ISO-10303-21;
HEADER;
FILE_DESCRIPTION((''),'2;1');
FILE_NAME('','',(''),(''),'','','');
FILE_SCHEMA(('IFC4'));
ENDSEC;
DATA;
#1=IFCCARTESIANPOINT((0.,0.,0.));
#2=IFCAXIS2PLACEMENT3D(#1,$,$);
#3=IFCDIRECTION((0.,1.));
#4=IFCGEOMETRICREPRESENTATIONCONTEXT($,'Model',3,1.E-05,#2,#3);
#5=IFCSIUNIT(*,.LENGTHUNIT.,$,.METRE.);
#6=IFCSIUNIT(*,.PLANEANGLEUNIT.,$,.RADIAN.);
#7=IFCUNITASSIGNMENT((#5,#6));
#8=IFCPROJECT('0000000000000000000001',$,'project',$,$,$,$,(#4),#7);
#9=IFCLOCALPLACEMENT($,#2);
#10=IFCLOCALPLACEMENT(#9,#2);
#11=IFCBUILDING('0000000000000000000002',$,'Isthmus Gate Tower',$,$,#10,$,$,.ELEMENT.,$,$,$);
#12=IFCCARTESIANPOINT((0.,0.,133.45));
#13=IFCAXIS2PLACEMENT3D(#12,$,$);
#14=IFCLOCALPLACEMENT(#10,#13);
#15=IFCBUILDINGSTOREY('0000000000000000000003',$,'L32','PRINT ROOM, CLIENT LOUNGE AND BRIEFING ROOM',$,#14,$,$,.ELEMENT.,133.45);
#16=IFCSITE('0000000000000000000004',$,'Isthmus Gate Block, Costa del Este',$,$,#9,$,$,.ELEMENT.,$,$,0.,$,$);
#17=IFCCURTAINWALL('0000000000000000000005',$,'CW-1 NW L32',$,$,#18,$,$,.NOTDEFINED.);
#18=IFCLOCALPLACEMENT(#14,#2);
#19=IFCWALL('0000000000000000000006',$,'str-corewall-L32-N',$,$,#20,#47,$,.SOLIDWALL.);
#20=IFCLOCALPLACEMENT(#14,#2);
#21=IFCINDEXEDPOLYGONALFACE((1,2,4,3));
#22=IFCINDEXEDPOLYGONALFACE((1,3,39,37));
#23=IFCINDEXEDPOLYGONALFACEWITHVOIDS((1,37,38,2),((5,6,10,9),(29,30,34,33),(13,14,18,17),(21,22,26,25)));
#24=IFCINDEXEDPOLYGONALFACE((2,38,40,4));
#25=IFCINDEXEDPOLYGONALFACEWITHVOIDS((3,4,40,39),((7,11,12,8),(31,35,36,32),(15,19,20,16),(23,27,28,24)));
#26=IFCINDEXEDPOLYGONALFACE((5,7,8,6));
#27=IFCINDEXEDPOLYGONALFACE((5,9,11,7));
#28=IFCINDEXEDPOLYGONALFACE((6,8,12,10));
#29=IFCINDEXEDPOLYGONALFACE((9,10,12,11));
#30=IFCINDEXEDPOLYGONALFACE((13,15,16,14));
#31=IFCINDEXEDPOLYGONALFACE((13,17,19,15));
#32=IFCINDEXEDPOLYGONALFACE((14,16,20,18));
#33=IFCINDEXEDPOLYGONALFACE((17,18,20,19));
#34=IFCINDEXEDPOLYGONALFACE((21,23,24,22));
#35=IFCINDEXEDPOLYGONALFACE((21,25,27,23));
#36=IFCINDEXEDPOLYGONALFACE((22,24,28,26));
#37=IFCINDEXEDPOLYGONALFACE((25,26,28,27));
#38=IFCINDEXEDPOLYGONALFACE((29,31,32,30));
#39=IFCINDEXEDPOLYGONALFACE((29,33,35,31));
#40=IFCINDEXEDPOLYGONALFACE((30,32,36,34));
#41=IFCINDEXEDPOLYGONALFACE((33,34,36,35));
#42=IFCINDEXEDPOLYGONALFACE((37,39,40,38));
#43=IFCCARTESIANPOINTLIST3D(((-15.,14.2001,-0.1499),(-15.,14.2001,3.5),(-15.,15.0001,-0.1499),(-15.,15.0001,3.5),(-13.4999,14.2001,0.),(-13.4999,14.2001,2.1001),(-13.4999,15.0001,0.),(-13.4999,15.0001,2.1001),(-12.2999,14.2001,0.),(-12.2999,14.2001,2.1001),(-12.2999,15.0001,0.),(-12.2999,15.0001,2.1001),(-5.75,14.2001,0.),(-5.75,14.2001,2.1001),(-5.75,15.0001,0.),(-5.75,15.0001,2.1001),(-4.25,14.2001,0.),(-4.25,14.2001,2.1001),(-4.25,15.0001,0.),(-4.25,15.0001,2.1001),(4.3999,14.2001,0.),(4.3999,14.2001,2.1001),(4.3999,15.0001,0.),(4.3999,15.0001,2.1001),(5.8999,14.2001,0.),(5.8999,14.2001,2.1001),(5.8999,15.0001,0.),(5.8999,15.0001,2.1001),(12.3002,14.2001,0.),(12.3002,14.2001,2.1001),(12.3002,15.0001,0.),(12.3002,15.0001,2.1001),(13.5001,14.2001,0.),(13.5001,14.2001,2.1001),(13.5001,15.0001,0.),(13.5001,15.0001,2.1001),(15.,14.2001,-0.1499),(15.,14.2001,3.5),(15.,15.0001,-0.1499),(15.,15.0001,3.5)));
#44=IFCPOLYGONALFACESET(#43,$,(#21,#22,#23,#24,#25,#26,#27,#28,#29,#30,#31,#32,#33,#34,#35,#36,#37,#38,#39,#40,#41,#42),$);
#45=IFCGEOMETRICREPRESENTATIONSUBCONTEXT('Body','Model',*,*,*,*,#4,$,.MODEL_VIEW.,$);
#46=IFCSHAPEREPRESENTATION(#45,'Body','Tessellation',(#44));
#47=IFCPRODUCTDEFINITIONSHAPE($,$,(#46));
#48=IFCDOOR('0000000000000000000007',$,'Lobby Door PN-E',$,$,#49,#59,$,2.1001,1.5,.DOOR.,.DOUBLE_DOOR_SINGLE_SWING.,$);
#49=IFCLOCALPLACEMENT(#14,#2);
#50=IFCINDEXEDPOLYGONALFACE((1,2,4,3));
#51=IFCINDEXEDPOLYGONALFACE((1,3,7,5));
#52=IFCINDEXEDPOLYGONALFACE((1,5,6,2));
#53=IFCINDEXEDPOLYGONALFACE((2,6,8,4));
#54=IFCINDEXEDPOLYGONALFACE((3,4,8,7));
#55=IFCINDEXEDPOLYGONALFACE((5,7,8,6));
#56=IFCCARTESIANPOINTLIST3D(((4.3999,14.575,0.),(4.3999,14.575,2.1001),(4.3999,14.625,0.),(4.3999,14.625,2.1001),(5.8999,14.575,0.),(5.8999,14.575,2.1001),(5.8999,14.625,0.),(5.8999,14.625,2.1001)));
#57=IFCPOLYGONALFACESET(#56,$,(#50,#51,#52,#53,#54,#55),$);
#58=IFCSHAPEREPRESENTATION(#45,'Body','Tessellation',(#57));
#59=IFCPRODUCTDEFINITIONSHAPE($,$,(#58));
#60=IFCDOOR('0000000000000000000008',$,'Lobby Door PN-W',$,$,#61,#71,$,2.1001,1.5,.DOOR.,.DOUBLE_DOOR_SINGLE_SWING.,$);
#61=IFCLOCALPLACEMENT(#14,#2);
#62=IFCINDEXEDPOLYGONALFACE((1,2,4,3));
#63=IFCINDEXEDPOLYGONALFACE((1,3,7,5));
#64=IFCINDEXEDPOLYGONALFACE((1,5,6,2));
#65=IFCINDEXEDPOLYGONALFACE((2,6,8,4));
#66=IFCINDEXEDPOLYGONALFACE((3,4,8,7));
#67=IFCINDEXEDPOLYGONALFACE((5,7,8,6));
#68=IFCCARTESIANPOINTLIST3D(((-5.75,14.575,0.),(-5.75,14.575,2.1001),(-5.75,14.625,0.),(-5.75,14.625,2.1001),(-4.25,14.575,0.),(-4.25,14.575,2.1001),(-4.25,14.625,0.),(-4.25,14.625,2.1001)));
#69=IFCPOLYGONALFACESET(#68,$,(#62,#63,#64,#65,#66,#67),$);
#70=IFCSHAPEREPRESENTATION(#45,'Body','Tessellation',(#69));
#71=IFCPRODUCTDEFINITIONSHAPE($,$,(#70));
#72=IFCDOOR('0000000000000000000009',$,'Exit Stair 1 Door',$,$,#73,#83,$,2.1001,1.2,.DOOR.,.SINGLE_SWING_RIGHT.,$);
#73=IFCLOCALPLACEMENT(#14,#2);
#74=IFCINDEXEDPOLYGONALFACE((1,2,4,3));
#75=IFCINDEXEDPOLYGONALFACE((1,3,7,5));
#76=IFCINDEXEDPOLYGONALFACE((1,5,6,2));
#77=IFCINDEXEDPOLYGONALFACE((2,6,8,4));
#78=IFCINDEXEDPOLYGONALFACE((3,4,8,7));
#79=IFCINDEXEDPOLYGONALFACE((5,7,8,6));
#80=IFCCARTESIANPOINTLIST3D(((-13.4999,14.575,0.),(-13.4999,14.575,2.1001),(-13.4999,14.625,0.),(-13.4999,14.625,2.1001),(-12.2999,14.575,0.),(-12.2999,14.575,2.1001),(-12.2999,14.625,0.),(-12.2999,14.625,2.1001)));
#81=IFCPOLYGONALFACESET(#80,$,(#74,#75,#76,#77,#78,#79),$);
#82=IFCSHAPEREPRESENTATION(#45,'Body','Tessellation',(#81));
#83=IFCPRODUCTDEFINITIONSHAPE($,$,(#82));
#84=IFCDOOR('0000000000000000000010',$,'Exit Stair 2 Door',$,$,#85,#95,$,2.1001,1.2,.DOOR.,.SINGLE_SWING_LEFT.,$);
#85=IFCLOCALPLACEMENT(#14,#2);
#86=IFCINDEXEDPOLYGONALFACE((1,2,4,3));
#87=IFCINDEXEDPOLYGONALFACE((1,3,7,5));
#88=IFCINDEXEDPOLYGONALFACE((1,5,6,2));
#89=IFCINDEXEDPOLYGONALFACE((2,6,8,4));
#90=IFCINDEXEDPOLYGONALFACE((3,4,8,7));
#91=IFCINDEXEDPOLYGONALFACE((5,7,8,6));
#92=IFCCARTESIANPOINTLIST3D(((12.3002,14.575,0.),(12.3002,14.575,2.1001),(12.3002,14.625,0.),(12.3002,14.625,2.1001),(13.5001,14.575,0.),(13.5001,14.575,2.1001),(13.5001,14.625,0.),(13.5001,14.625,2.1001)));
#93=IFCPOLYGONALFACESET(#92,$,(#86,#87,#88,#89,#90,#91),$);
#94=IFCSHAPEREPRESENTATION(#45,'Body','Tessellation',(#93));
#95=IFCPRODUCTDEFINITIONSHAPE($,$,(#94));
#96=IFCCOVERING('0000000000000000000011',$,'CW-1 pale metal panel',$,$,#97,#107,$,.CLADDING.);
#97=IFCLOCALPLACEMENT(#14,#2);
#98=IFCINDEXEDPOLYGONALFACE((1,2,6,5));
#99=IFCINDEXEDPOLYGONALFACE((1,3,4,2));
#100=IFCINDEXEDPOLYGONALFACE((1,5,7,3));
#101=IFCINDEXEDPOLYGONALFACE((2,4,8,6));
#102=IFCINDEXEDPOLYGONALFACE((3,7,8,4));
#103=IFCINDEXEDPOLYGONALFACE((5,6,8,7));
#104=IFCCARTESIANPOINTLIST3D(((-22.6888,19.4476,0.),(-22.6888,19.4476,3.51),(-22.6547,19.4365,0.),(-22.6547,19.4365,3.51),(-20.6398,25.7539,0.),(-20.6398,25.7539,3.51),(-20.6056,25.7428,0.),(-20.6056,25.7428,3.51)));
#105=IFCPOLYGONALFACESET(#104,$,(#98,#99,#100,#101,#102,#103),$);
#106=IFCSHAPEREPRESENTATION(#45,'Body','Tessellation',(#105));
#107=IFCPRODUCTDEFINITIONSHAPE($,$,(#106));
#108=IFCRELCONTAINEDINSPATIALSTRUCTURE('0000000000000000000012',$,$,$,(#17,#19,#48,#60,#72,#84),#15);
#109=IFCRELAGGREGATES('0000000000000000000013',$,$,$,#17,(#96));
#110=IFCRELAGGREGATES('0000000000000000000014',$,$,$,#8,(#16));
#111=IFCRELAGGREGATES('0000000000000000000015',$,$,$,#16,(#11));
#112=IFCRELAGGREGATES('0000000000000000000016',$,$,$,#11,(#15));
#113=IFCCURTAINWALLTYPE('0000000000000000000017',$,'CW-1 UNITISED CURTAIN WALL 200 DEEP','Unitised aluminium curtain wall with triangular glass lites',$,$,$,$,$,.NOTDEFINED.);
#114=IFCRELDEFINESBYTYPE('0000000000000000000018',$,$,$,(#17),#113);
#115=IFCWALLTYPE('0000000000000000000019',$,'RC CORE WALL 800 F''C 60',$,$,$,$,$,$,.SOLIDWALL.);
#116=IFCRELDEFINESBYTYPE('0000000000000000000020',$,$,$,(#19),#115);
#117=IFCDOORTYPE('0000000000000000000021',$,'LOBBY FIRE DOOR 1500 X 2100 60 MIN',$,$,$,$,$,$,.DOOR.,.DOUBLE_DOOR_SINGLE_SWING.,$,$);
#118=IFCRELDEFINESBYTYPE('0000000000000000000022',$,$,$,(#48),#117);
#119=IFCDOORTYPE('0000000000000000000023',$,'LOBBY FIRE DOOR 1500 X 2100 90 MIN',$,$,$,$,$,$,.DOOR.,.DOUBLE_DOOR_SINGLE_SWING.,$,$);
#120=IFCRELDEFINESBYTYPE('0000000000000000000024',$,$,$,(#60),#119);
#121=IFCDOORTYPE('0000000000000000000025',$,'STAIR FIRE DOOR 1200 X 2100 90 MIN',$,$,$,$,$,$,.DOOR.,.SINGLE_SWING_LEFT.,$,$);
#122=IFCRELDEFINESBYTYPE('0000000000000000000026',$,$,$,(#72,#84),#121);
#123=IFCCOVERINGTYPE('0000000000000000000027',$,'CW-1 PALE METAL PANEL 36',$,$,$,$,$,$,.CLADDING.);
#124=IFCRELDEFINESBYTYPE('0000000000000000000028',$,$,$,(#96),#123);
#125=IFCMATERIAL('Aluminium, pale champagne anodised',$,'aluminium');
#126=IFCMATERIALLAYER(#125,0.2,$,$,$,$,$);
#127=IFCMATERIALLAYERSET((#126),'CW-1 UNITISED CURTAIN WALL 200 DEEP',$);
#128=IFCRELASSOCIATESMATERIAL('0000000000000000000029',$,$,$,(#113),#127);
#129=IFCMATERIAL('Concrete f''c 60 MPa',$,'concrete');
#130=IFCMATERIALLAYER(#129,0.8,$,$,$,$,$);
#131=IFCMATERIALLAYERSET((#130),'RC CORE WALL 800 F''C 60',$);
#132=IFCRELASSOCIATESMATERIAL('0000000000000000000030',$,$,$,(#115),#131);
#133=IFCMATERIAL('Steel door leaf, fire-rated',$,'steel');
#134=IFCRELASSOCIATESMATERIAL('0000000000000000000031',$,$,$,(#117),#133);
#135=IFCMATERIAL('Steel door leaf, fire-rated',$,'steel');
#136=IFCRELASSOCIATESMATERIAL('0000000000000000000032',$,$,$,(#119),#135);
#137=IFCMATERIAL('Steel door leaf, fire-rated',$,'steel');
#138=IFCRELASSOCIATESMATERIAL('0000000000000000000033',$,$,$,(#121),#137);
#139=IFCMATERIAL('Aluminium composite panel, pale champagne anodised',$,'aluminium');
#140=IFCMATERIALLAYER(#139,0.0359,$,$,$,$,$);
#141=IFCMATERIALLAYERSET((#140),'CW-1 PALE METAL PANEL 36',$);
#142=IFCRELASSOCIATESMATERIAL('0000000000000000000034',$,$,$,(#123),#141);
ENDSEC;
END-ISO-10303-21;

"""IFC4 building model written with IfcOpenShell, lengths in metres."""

from ifc_helpers import new_model, si_unit, direction, frame, frame_2d, origin, origin_2d, place, context, subcontext, project, spatial, rectangle, extrude, material, layer, layer_set, type_object, element, fill, aggregate, save


model = new_model("IFC4")

# Units and contexts
model_context = context("Model", 3, precision=1e-05, world=origin(), true_north=direction((0.0, 1.0)))
body_context = subcontext(model_context, "Body", "Model", "MODEL_VIEW")
ifc_project = project(units=[si_unit("LENGTHUNIT", "METRE"), si_unit("PLANEANGLEUNIT", "RADIAN")], contexts=[model_context])

# Site, building, storey
site_placement = place(None, origin())
site = spatial("IfcSite", under=ifc_project, at=site_placement, Name="Isthmus Gate Block, Costa del Este", CompositionType="ELEMENT", RefElevation=0.0)
building_placement = place(site_placement, origin())
building = spatial("IfcBuilding", under=site, at=building_placement, Name="Isthmus Gate Tower", CompositionType="ELEMENT")
storey_placement = place(building_placement, frame((0.0, 0.0, 133.45)))
storey = spatial("IfcBuildingStorey", under=building, at=storey_placement, Name="L32", Description="PRINT ROOM, CLIENT LOUNGE AND BRIEFING ROOM", CompositionType="ELEMENT", Elevation=133.45)

# Curtain wall
ifc_material_1 = material(Name="Aluminium, pale champagne anodised", Category="aluminium")
ifc_layer_1 = layer(ifc_material_1, 0.2)
ifc_layer_set_1 = layer_set([ifc_layer_1], Name="CW-1 UNITISED CURTAIN WALL 200 DEEP")
curtain_wall_type = type_object("IfcCurtainWallType", Name="CW-1 UNITISED CURTAIN WALL 200 DEEP", Description="Unitised aluminium curtain wall with triangular glass lites", PredefinedType="NOTDEFINED", material=ifc_layer_set_1)
curtain_wall_1_placement = place(storey_placement, origin())
curtain_wall_1 = element("IfcCurtainWall", 1, at=curtain_wall_1_placement, inside=storey, type_object=curtain_wall_type, Name="CW-1 NW L32", PredefinedType="NOTDEFINED")

# Wall, openings, doors
ifc_material_2 = material(Name="Concrete f'c 60 MPa", Category="concrete")
ifc_layer_2 = layer(ifc_material_2, 0.8)
ifc_layer_set_2 = layer_set([ifc_layer_2], Name="RC CORE WALL 800 F'C 60")
wall_type_1 = type_object("IfcWallType", Name="RC CORE WALL 800 F'C 60", PredefinedType="SOLIDWALL", material=ifc_layer_set_2)
wall_1_placement = place(storey_placement, frame((-15.0, 14.6001, -0.1499), z_axis=(0.0, 0.0, 1.0), x_axis=(1.0, 0.0, 0.0)))
wall_1 = element("IfcWall", 2, at=wall_1_placement, inside=storey, type_object=wall_type_1, Name="str-corewall-L32-N", PredefinedType="SOLIDWALL", context=body_context, shape_type="SweptSolid", body=[
    extrude(rectangle(XDim=30.0, YDim=0.8, at=frame_2d((15.0, 0.0))), origin(), (0.0, 0.0, 1.0), 3.6499),
])
opening_1_placement = place(wall_1_placement, frame((9.25, 0.0, 0.1499)))
opening_1 = element("IfcOpeningElement", 3, at=opening_1_placement, cuts=wall_1, PredefinedType="OPENING", context=body_context, shape_type="SweptSolid", body=[
    extrude(rectangle(XDim=1.5, YDim=2.1001, at=frame_2d((0.75, 1.05))), frame((0.0, 0.4099, 0.0), z_axis=(0.0, -1.0, 0.0), x_axis=(1.0, 0.0, 0.0)), (0.0, 0.0, 1.0), 0.8201),
])
opening_2_placement = place(wall_1_placement, frame((19.3999, 0.0, 0.1499)))
opening_2 = element("IfcOpeningElement", 4, at=opening_2_placement, cuts=wall_1, PredefinedType="OPENING", context=body_context, shape_type="SweptSolid", body=[
    extrude(rectangle(XDim=1.5, YDim=2.1001, at=frame_2d((0.75, 1.05))), frame((0.0, 0.4099, 0.0), z_axis=(0.0, -1.0, 0.0), x_axis=(1.0, 0.0, 0.0)), (0.0, 0.0, 1.0), 0.8201),
])
opening_3_placement = place(wall_1_placement, frame((1.5, 0.0, 0.1499)))
opening_3 = element("IfcOpeningElement", 5, at=opening_3_placement, cuts=wall_1, PredefinedType="OPENING", context=body_context, shape_type="SweptSolid", body=[
    extrude(rectangle(XDim=1.2, YDim=2.1001, at=frame_2d((0.6001, 1.05))), frame((0.0, 0.4099, 0.0), z_axis=(0.0, -1.0, 0.0), x_axis=(1.0, 0.0, 0.0)), (0.0, 0.0, 1.0), 0.8201),
])
opening_4_placement = place(wall_1_placement, frame((27.3, 0.0, 0.1499)))
opening_4 = element("IfcOpeningElement", 6, at=opening_4_placement, cuts=wall_1, PredefinedType="OPENING", context=body_context, shape_type="SweptSolid", body=[
    extrude(rectangle(XDim=1.2, YDim=2.1001, at=frame_2d((0.6001, 1.05))), frame((0.0, 0.4099, 0.0), z_axis=(0.0, -1.0, 0.0), x_axis=(1.0, 0.0, 0.0)), (0.0, 0.0, 1.0), 0.8201),
])
ifc_material_3 = material(Name="Steel door leaf, fire-rated", Category="steel")
door_type_1 = type_object("IfcDoorType", Name="LOBBY FIRE DOOR 1500 X 2100 60 MIN", OperationType="DOUBLE_DOOR_SINGLE_SWING", PredefinedType="DOOR", material=ifc_material_3)
door_1_placement = place(opening_2_placement, origin())
door_1 = element("IfcDoor", 7, at=door_1_placement, inside=storey, type_object=door_type_1, Name="Lobby Door PN-E", OperationType="DOUBLE_DOOR_SINGLE_SWING", OverallHeight=2.1001, OverallWidth=1.5, PredefinedType="DOOR", context=body_context, shape_type="SweptSolid", body=[
    extrude(rectangle(XDim=1.5, YDim=2.1001, at=frame_2d((0.75, 1.05))), frame((0.0, 0.0249, 0.0), z_axis=(0.0, -1.0, 0.0), x_axis=(1.0, 0.0, 0.0)), (0.0, 0.0, 1.0), 0.05),
])
fill(opening_2, door_1)
ifc_material_4 = material(Name="Steel door leaf, fire-rated", Category="steel")
door_type_2 = type_object("IfcDoorType", Name="LOBBY FIRE DOOR 1500 X 2100 90 MIN", OperationType="DOUBLE_DOOR_SINGLE_SWING", PredefinedType="DOOR", material=ifc_material_4)
door_2_placement = place(opening_1_placement, origin())
door_2 = element("IfcDoor", 8, at=door_2_placement, inside=storey, type_object=door_type_2, Name="Lobby Door PN-W", OperationType="DOUBLE_DOOR_SINGLE_SWING", OverallHeight=2.1001, OverallWidth=1.5, PredefinedType="DOOR", context=body_context, shape_type="SweptSolid", body=[
    extrude(rectangle(XDim=1.5, YDim=2.1001, at=frame_2d((0.75, 1.05))), frame((0.0, 0.0249, 0.0), z_axis=(0.0, -1.0, 0.0), x_axis=(1.0, 0.0, 0.0)), (0.0, 0.0, 1.0), 0.05),
])
fill(opening_1, door_2)
ifc_material_5 = material(Name="Steel door leaf, fire-rated", Category="steel")
door_type_3 = type_object("IfcDoorType", Name="STAIR FIRE DOOR 1200 X 2100 90 MIN", OperationType="SINGLE_SWING_LEFT", PredefinedType="DOOR", material=ifc_material_5)
door_3_placement = place(opening_3_placement, origin())
door_3 = element("IfcDoor", 9, at=door_3_placement, inside=storey, type_object=door_type_3, Name="Exit Stair 1 Door", OperationType="SINGLE_SWING_RIGHT", OverallHeight=2.1001, OverallWidth=1.2, PredefinedType="DOOR", context=body_context, shape_type="SweptSolid", body=[
    extrude(rectangle(XDim=1.2, YDim=2.1001, at=frame_2d((0.6001, 1.05))), frame((0.0, 0.0249, 0.0), z_axis=(0.0, -1.0, 0.0), x_axis=(1.0, 0.0, 0.0)), (0.0, 0.0, 1.0), 0.05),
])
fill(opening_3, door_3)
door_4_placement = place(opening_4_placement, origin())
door_4 = element("IfcDoor", 10, at=door_4_placement, inside=storey, type_object=door_type_3, Name="Exit Stair 2 Door", OperationType="SINGLE_SWING_LEFT", OverallHeight=2.1001, OverallWidth=1.2, PredefinedType="DOOR", context=body_context, shape_type="SweptSolid", body=[
    extrude(rectangle(XDim=1.2, YDim=2.1001, at=frame_2d((0.6001, 1.05))), frame((0.0, 0.0249, 0.0), z_axis=(0.0, -1.0, 0.0), x_axis=(1.0, 0.0, 0.0)), (0.0, 0.0, 1.0), 0.05),
])
fill(opening_4, door_4)

# Covering
ifc_material_6 = material(Name="Aluminium composite panel, pale champagne anodised", Category="aluminium")
ifc_layer_3 = layer(ifc_material_6, 0.0359)
ifc_layer_set_3 = layer_set([ifc_layer_3], Name="CW-1 PALE METAL PANEL 36")
covering_type = type_object("IfcCoveringType", Name="CW-1 PALE METAL PANEL 36", PredefinedType="CLADDING", material=ifc_layer_set_3)
covering_placement = place(storey_placement, frame((-21.6472, 22.5952, 0.0), z_axis=(0.0, 0.0, 1.0), x_axis=(-0.309017, -0.951057, 0.0)))
covering = element("IfcCovering", 11, at=covering_placement, type_object=covering_type, Name="CW-1 pale metal panel", PredefinedType="CLADDING", context=body_context, shape_type="SweptSolid", body=[
    extrude(rectangle(XDim=6.6309, YDim=0.0359, at=origin_2d()), origin(), (0.0, 0.0, 1.0), 3.51),
])
aggregate(curtain_wall_1, [covering])

save(model, "model.ifc")
